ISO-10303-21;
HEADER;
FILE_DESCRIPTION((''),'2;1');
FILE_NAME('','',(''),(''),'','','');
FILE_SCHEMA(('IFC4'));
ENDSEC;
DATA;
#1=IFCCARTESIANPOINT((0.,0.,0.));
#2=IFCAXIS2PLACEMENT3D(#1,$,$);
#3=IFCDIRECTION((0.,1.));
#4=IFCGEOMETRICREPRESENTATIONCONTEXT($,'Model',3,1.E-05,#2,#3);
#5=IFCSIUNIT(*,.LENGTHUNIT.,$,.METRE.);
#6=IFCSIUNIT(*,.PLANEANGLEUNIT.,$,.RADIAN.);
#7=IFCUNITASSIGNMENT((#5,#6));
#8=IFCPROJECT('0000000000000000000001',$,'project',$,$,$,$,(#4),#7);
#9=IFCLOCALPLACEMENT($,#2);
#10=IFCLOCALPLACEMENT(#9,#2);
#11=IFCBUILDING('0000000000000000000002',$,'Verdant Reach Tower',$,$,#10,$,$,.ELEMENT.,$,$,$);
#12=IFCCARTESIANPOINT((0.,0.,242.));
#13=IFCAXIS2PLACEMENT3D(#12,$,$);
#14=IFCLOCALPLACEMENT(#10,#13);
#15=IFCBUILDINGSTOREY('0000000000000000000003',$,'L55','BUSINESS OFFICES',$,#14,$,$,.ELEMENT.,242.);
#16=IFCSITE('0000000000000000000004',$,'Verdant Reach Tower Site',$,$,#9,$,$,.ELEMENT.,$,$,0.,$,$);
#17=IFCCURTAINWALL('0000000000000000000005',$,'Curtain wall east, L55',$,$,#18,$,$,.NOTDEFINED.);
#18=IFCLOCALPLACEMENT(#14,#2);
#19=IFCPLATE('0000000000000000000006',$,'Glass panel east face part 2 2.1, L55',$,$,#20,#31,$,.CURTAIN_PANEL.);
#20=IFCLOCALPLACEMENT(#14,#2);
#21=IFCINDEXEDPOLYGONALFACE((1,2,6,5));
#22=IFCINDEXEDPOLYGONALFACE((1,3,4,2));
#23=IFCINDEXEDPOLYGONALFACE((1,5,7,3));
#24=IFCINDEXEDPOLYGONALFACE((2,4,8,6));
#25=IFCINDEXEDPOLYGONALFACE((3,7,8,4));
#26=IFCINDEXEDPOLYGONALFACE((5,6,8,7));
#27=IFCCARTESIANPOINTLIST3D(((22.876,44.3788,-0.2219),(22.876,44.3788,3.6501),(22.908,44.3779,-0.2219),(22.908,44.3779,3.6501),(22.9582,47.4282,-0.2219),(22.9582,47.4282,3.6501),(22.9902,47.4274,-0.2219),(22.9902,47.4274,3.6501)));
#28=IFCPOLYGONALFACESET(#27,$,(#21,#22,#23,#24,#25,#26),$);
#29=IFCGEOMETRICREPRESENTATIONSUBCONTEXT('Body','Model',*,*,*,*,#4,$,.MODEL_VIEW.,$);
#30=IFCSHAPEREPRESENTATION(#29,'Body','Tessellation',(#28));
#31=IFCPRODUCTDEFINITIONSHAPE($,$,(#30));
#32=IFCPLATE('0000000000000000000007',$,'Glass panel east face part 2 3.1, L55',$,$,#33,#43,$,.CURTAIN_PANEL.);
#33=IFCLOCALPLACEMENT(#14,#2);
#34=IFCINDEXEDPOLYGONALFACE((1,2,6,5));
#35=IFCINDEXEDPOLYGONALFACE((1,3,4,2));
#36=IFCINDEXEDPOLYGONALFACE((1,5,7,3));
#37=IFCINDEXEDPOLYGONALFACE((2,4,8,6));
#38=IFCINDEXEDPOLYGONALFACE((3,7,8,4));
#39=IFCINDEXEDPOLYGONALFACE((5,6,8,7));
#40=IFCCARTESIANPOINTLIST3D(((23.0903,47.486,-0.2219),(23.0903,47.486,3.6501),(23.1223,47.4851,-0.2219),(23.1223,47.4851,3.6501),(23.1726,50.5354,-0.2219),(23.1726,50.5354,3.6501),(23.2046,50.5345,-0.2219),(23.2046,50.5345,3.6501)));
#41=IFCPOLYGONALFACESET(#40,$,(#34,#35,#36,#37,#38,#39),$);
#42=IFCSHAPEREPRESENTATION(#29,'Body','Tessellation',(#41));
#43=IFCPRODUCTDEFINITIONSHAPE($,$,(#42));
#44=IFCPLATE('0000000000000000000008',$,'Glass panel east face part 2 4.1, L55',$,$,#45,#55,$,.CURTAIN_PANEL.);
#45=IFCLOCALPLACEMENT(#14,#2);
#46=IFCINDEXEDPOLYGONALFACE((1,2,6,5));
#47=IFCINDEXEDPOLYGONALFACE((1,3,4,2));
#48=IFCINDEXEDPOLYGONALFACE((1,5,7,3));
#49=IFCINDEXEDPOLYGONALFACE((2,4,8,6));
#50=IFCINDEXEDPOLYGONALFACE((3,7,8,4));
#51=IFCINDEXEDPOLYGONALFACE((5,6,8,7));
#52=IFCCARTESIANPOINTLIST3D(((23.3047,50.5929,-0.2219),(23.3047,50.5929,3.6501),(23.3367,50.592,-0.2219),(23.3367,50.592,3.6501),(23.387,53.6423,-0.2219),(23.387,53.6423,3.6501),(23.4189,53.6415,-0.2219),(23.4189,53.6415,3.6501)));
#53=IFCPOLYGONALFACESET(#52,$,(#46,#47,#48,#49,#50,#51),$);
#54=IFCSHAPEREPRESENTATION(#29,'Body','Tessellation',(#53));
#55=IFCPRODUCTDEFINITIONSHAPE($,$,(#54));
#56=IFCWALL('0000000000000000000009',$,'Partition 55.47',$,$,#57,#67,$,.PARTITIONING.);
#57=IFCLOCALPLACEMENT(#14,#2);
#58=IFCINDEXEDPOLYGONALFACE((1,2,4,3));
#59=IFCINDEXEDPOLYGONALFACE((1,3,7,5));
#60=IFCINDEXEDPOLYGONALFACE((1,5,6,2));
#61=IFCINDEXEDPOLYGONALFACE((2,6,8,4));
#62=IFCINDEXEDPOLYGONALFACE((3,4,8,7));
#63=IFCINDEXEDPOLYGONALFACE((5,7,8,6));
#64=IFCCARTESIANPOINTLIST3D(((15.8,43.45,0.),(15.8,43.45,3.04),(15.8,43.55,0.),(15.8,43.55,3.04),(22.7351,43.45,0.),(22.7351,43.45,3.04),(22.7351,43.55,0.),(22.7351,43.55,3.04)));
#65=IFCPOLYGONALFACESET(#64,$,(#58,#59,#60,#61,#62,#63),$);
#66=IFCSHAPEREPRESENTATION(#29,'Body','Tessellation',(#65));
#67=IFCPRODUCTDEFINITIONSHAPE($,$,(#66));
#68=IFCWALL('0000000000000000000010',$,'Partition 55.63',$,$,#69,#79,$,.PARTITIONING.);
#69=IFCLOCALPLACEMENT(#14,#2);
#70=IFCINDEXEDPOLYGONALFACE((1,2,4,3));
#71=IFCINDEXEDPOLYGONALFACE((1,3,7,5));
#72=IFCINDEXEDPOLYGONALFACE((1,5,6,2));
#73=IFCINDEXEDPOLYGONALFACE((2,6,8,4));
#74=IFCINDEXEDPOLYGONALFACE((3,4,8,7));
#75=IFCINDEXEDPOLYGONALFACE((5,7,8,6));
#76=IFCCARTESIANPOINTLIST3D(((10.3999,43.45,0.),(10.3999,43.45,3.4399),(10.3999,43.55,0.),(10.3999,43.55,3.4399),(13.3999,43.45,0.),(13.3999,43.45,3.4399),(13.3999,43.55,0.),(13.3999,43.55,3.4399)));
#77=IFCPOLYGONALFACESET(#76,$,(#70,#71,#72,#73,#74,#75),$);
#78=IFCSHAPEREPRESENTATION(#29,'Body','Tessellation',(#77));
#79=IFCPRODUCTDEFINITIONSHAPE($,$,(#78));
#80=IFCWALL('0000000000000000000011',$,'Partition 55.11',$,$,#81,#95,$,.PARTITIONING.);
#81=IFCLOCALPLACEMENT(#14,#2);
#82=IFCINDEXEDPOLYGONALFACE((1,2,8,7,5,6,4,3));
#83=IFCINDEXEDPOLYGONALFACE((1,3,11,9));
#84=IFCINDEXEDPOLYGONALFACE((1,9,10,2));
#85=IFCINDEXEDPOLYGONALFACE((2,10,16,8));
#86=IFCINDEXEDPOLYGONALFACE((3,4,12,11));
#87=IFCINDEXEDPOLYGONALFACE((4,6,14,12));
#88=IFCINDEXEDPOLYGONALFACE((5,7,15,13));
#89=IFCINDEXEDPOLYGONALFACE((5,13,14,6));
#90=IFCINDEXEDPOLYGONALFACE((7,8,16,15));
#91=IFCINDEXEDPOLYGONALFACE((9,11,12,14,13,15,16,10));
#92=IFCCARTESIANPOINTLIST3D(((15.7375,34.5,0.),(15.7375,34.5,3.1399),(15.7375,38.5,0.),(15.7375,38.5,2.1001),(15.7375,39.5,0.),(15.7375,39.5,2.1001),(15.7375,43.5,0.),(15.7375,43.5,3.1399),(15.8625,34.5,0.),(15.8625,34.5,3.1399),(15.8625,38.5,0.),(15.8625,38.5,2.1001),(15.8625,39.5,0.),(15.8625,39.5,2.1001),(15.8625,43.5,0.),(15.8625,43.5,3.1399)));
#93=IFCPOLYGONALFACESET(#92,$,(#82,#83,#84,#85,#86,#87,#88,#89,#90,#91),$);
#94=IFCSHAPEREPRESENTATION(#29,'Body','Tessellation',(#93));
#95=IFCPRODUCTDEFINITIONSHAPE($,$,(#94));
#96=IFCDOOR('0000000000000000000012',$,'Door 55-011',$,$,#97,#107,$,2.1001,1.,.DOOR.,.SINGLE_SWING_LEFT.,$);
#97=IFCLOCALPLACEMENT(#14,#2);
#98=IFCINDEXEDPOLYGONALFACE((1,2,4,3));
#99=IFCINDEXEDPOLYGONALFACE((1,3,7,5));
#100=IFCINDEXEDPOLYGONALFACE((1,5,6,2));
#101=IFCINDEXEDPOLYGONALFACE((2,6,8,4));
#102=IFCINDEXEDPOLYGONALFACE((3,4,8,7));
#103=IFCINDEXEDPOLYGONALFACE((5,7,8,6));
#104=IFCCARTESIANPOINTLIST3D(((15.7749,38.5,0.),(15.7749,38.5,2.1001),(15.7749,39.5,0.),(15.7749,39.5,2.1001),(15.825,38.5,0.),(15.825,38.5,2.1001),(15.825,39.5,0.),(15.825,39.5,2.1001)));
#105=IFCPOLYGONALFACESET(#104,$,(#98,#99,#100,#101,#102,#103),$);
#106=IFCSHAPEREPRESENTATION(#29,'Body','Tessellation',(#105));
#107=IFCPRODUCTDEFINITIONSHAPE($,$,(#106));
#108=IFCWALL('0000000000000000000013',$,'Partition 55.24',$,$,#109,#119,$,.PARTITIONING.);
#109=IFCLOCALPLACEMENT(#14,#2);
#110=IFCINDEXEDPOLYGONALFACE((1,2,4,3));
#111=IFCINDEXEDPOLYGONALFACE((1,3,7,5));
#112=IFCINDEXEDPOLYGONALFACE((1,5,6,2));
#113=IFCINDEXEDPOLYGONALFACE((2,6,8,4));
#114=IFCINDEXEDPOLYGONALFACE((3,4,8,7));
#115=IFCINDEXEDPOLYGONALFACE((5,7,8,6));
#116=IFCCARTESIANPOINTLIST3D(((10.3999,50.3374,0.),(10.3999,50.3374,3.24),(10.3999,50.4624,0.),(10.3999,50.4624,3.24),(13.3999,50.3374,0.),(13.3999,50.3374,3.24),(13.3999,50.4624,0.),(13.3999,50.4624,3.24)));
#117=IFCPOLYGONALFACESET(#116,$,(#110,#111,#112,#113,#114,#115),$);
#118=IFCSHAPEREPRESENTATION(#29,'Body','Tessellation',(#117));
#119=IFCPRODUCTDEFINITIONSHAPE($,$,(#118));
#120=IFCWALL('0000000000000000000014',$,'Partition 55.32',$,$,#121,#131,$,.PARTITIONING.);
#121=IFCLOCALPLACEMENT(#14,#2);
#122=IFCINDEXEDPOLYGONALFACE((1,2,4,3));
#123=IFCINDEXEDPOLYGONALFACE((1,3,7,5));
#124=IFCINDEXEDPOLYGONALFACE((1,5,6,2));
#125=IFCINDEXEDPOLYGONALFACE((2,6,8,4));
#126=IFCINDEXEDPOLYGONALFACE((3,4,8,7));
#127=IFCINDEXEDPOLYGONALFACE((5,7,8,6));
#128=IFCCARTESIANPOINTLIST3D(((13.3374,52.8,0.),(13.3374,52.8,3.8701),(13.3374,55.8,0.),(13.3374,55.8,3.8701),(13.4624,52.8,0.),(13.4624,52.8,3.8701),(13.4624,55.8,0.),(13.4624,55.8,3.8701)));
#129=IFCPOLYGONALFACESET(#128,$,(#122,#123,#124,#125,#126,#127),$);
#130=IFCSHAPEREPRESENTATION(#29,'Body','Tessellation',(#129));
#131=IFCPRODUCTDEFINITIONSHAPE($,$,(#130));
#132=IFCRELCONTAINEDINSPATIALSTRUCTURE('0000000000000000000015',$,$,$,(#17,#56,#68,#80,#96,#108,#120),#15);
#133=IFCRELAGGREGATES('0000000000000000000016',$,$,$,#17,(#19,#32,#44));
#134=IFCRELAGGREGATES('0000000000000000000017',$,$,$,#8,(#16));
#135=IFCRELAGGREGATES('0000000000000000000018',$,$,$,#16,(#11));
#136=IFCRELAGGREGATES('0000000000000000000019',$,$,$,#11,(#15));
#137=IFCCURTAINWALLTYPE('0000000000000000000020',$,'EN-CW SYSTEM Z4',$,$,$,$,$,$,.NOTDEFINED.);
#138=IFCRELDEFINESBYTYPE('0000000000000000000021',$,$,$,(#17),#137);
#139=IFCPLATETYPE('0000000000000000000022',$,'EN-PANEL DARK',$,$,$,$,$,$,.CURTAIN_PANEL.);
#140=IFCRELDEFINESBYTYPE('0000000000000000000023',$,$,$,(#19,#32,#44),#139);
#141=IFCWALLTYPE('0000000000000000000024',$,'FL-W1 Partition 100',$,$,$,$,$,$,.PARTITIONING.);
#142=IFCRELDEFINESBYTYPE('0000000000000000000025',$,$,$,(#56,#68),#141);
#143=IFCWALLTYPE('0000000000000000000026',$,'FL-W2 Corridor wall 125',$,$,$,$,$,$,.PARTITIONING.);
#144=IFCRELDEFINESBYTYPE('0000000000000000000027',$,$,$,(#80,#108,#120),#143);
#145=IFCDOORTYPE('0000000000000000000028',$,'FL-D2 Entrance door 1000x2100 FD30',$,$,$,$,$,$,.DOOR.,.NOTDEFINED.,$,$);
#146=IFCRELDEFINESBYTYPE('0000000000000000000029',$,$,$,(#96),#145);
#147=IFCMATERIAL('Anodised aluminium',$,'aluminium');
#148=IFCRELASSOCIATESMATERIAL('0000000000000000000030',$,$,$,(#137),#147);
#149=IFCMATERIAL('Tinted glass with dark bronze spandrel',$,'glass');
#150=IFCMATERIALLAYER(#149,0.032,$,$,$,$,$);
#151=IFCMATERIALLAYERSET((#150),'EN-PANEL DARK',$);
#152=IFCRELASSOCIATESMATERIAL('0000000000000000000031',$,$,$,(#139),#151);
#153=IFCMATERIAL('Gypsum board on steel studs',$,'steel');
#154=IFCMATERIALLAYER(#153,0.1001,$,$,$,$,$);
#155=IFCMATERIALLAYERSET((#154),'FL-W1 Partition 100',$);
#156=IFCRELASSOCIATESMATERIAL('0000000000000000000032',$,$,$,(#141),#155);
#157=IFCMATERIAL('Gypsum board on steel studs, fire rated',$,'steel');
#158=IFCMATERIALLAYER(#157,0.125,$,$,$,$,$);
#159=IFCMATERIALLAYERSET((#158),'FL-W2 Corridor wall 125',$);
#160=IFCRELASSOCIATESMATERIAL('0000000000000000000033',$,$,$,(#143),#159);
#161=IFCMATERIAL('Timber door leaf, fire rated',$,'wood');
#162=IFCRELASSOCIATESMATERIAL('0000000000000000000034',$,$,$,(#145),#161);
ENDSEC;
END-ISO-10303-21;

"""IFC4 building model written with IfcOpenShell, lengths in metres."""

from ifc_helpers import new_model, si_unit, direction, frame, frame_2d, origin, origin_2d, place, context, subcontext, project, spatial, rectangle, extrude, material, layer, layer_set, type_object, element, fill, aggregate, save


model = new_model("IFC4")

# Units and contexts
model_context = context("Model", 3, precision=1e-05, world=origin(), true_north=direction((0.0, 1.0)))
body_context = subcontext(model_context, "Body", "Model", "MODEL_VIEW")
ifc_project = project(units=[si_unit("LENGTHUNIT", "METRE"), si_unit("PLANEANGLEUNIT", "RADIAN")], contexts=[model_context])

# Site, building, storey
site_placement = place(None, origin())
site = spatial("IfcSite", under=ifc_project, at=site_placement, Name="Verdant Reach Tower Site", CompositionType="ELEMENT", RefElevation=0.0)
building_placement = place(site_placement, origin())
building = spatial("IfcBuilding", under=site, at=building_placement, Name="Verdant Reach Tower", CompositionType="ELEMENT")
storey_placement = place(building_placement, frame((0.0, 0.0, 242.0)))
storey = spatial("IfcBuildingStorey", under=building, at=storey_placement, Name="L55", Description="BUSINESS OFFICES", CompositionType="ELEMENT", Elevation=242.0)

# Curtain wall
ifc_material_1 = material(Name="Anodised aluminium", Category="aluminium")
curtain_wall_type = type_object("IfcCurtainWallType", Name="EN-CW SYSTEM Z4", PredefinedType="NOTDEFINED", material=ifc_material_1)
curtain_wall_placement = place(storey_placement, origin())
curtain_wall = element("IfcCurtainWall", 1, at=curtain_wall_placement, inside=storey, type_object=curtain_wall_type, Name="Curtain wall east, L55", PredefinedType="NOTDEFINED")

# Plates
ifc_material_2 = material(Name="Tinted glass with dark bronze spandrel", Category="glass")
ifc_layer_1 = layer(ifc_material_2, 0.032)
ifc_layer_set_1 = layer_set([ifc_layer_1], Name="EN-PANEL DARK")
plate_type_1 = type_object("IfcPlateType", Name="EN-PANEL DARK", PredefinedType="CURTAIN_PANEL", material=ifc_layer_set_1)
plate_1_placement = place(storey_placement, frame((22.9331, 45.9031, -0.2219), z_axis=(0.0, 0.0, 1.0), x_axis=(0.026965, 0.999636, 0.0)))
plate_1 = element("IfcPlate", 2, at=plate_1_placement, type_object=plate_type_1, Name="Glass panel east face part 2 2.1, L55", PredefinedType="CURTAIN_PANEL", context=body_context, shape_type="SweptSolid", body=[
    extrude(rectangle(XDim=3.0505, YDim=0.032, at=origin_2d()), origin(), (0.0, 0.0, 1.0), 3.8721),
])
plate_2_placement = place(storey_placement, frame((23.1475, 49.0103, -0.2219), z_axis=(0.0, 0.0, 1.0), x_axis=(0.026965, 0.999636, 0.0)))
plate_2 = element("IfcPlate", 3, at=plate_2_placement, type_object=plate_type_1, Name="Glass panel east face part 2 3.1, L55", PredefinedType="CURTAIN_PANEL", context=body_context, shape_type="SweptSolid", body=[
    extrude(rectangle(XDim=3.0505, YDim=0.032, at=origin_2d()), origin(), (0.0, 0.0, 1.0), 3.8721),
])
plate_3_placement = place(storey_placement, frame((23.3618, 52.1172, -0.2219), z_axis=(0.0, 0.0, 1.0), x_axis=(0.026965, 0.999636, 0.0)))
plate_3 = element("IfcPlate", 4, at=plate_3_placement, type_object=plate_type_1, Name="Glass panel east face part 2 4.1, L55", PredefinedType="CURTAIN_PANEL", context=body_context, shape_type="SweptSolid", body=[
    extrude(rectangle(XDim=3.0505, YDim=0.032, at=origin_2d()), origin(), (0.0, 0.0, 1.0), 3.8721),
])
aggregate(curtain_wall, [plate_1, plate_2, plate_3])

# Walls
ifc_material_3 = material(Name="Gypsum board on steel studs", Category="steel")
ifc_layer_2 = layer(ifc_material_3, 0.1001)
ifc_layer_set_2 = layer_set([ifc_layer_2], Name="FL-W1 Partition 100")
wall_type_1 = type_object("IfcWallType", Name="FL-W1 Partition 100", PredefinedType="PARTITIONING", material=ifc_layer_set_2)
wall_1_placement = place(storey_placement, frame((22.7351, 43.5, 0.0), z_axis=(0.0, 0.0, 1.0), x_axis=(-1.0, 0.0, 0.0)))
element("IfcWall", 5, at=wall_1_placement, inside=storey, type_object=wall_type_1, Name="Partition 55.47", PredefinedType="PARTITIONING", context=body_context, shape_type="SweptSolid", body=[
    extrude(rectangle(XDim=6.9351, YDim=0.1001, at=frame_2d((3.4675, 0.0))), origin(), (0.0, 0.0, 1.0), 3.04),
])
wall_2_placement = place(storey_placement, frame((13.3999, 43.5, 0.0), z_axis=(0.0, 0.0, 1.0), x_axis=(-1.0, 0.0, 0.0)))
element("IfcWall", 6, at=wall_2_placement, inside=storey, type_object=wall_type_1, Name="Partition 55.63", PredefinedType="PARTITIONING", context=body_context, shape_type="SweptSolid", body=[
    extrude(rectangle(XDim=3.0, YDim=0.1001, at=frame_2d((1.5, 0.0))), origin(), (0.0, 0.0, 1.0), 3.4399),
])

# Wall, opening, door
ifc_material_4 = material(Name="Gypsum board on steel studs, fire rated", Category="steel")
ifc_layer_3 = layer(ifc_material_4, 0.125)
ifc_layer_set_3 = layer_set([ifc_layer_3], Name="FL-W2 Corridor wall 125")
wall_type_2 = type_object("IfcWallType", Name="FL-W2 Corridor wall 125", PredefinedType="PARTITIONING", material=ifc_layer_set_3)
wall_3_placement = place(storey_placement, frame((15.8, 43.5, 0.0), z_axis=(0.0, 0.0, 1.0), x_axis=(0.0, -1.0, 0.0)))
wall_3 = element("IfcWall", 7, at=wall_3_placement, inside=storey, type_object=wall_type_2, Name="Partition 55.11", PredefinedType="PARTITIONING", context=body_context, shape_type="SweptSolid", body=[
    extrude(rectangle(XDim=9.0, YDim=0.125, at=frame_2d((4.5, 0.0))), origin(), (0.0, 0.0, 1.0), 3.1399),
])
opening_placement = place(wall_3_placement, frame((4.0, 0.0, 0.0)))
opening = element("IfcOpeningElement", 8, at=opening_placement, cuts=wall_3, PredefinedType="OPENING", context=body_context, shape_type="SweptSolid", body=[
    extrude(rectangle(XDim=1.0, YDim=2.1001, at=frame_2d((0.5, 1.05))), frame((0.0, 0.0725, 0.0), z_axis=(0.0, -1.0, 0.0), x_axis=(1.0, 0.0, 0.0)), (0.0, 0.0, 1.0), 0.145),
])
ifc_material_5 = material(Name="Timber door leaf, fire rated", Category="wood")
door_type = type_object("IfcDoorType", Name="FL-D2 Entrance door 1000x2100 FD30", OperationType="NOTDEFINED", PredefinedType="DOOR", material=ifc_material_5)
door_placement = place(opening_placement, origin())
door = element("IfcDoor", 9, at=door_placement, inside=storey, type_object=door_type, Name="Door 55-011", OperationType="SINGLE_SWING_LEFT", OverallHeight=2.1001, OverallWidth=1.0, PredefinedType="DOOR", context=body_context, shape_type="SweptSolid", body=[
    extrude(rectangle(XDim=1.0, YDim=2.1001, at=frame_2d((0.5, 1.05))), frame((0.0, 0.0249, 0.0), z_axis=(0.0, -1.0, 0.0), x_axis=(1.0, 0.0, 0.0)), (0.0, 0.0, 1.0), 0.05),
])
fill(opening, door)

# Walls
wall_4_placement = place(storey_placement, frame((13.3999, 50.3999, 0.0), z_axis=(0.0, 0.0, 1.0), x_axis=(-1.0, 0.0, 0.0)))
element("IfcWall", 10, at=wall_4_placement, inside=storey, type_object=wall_type_2, Name="Partition 55.24", PredefinedType="PARTITIONING", context=body_context, shape_type="SweptSolid", body=[
    extrude(rectangle(XDim=3.0, YDim=0.125, at=frame_2d((1.5, 0.0))), origin(), (0.0, 0.0, 1.0), 3.24),
])
wall_5_placement = place(storey_placement, frame((13.3999, 52.8, 0.0), z_axis=(0.0, 0.0, 1.0), x_axis=(0.0, 1.0, 0.0)))
element("IfcWall", 11, at=wall_5_placement, inside=storey, type_object=wall_type_2, Name="Partition 55.32", PredefinedType="PARTITIONING", context=body_context, shape_type="SweptSolid", body=[
    extrude(rectangle(XDim=3.0, YDim=0.125, at=frame_2d((1.5, 0.0))), origin(), (0.0, 0.0, 1.0), 3.8701),
])

save(model, "model.ifc")
